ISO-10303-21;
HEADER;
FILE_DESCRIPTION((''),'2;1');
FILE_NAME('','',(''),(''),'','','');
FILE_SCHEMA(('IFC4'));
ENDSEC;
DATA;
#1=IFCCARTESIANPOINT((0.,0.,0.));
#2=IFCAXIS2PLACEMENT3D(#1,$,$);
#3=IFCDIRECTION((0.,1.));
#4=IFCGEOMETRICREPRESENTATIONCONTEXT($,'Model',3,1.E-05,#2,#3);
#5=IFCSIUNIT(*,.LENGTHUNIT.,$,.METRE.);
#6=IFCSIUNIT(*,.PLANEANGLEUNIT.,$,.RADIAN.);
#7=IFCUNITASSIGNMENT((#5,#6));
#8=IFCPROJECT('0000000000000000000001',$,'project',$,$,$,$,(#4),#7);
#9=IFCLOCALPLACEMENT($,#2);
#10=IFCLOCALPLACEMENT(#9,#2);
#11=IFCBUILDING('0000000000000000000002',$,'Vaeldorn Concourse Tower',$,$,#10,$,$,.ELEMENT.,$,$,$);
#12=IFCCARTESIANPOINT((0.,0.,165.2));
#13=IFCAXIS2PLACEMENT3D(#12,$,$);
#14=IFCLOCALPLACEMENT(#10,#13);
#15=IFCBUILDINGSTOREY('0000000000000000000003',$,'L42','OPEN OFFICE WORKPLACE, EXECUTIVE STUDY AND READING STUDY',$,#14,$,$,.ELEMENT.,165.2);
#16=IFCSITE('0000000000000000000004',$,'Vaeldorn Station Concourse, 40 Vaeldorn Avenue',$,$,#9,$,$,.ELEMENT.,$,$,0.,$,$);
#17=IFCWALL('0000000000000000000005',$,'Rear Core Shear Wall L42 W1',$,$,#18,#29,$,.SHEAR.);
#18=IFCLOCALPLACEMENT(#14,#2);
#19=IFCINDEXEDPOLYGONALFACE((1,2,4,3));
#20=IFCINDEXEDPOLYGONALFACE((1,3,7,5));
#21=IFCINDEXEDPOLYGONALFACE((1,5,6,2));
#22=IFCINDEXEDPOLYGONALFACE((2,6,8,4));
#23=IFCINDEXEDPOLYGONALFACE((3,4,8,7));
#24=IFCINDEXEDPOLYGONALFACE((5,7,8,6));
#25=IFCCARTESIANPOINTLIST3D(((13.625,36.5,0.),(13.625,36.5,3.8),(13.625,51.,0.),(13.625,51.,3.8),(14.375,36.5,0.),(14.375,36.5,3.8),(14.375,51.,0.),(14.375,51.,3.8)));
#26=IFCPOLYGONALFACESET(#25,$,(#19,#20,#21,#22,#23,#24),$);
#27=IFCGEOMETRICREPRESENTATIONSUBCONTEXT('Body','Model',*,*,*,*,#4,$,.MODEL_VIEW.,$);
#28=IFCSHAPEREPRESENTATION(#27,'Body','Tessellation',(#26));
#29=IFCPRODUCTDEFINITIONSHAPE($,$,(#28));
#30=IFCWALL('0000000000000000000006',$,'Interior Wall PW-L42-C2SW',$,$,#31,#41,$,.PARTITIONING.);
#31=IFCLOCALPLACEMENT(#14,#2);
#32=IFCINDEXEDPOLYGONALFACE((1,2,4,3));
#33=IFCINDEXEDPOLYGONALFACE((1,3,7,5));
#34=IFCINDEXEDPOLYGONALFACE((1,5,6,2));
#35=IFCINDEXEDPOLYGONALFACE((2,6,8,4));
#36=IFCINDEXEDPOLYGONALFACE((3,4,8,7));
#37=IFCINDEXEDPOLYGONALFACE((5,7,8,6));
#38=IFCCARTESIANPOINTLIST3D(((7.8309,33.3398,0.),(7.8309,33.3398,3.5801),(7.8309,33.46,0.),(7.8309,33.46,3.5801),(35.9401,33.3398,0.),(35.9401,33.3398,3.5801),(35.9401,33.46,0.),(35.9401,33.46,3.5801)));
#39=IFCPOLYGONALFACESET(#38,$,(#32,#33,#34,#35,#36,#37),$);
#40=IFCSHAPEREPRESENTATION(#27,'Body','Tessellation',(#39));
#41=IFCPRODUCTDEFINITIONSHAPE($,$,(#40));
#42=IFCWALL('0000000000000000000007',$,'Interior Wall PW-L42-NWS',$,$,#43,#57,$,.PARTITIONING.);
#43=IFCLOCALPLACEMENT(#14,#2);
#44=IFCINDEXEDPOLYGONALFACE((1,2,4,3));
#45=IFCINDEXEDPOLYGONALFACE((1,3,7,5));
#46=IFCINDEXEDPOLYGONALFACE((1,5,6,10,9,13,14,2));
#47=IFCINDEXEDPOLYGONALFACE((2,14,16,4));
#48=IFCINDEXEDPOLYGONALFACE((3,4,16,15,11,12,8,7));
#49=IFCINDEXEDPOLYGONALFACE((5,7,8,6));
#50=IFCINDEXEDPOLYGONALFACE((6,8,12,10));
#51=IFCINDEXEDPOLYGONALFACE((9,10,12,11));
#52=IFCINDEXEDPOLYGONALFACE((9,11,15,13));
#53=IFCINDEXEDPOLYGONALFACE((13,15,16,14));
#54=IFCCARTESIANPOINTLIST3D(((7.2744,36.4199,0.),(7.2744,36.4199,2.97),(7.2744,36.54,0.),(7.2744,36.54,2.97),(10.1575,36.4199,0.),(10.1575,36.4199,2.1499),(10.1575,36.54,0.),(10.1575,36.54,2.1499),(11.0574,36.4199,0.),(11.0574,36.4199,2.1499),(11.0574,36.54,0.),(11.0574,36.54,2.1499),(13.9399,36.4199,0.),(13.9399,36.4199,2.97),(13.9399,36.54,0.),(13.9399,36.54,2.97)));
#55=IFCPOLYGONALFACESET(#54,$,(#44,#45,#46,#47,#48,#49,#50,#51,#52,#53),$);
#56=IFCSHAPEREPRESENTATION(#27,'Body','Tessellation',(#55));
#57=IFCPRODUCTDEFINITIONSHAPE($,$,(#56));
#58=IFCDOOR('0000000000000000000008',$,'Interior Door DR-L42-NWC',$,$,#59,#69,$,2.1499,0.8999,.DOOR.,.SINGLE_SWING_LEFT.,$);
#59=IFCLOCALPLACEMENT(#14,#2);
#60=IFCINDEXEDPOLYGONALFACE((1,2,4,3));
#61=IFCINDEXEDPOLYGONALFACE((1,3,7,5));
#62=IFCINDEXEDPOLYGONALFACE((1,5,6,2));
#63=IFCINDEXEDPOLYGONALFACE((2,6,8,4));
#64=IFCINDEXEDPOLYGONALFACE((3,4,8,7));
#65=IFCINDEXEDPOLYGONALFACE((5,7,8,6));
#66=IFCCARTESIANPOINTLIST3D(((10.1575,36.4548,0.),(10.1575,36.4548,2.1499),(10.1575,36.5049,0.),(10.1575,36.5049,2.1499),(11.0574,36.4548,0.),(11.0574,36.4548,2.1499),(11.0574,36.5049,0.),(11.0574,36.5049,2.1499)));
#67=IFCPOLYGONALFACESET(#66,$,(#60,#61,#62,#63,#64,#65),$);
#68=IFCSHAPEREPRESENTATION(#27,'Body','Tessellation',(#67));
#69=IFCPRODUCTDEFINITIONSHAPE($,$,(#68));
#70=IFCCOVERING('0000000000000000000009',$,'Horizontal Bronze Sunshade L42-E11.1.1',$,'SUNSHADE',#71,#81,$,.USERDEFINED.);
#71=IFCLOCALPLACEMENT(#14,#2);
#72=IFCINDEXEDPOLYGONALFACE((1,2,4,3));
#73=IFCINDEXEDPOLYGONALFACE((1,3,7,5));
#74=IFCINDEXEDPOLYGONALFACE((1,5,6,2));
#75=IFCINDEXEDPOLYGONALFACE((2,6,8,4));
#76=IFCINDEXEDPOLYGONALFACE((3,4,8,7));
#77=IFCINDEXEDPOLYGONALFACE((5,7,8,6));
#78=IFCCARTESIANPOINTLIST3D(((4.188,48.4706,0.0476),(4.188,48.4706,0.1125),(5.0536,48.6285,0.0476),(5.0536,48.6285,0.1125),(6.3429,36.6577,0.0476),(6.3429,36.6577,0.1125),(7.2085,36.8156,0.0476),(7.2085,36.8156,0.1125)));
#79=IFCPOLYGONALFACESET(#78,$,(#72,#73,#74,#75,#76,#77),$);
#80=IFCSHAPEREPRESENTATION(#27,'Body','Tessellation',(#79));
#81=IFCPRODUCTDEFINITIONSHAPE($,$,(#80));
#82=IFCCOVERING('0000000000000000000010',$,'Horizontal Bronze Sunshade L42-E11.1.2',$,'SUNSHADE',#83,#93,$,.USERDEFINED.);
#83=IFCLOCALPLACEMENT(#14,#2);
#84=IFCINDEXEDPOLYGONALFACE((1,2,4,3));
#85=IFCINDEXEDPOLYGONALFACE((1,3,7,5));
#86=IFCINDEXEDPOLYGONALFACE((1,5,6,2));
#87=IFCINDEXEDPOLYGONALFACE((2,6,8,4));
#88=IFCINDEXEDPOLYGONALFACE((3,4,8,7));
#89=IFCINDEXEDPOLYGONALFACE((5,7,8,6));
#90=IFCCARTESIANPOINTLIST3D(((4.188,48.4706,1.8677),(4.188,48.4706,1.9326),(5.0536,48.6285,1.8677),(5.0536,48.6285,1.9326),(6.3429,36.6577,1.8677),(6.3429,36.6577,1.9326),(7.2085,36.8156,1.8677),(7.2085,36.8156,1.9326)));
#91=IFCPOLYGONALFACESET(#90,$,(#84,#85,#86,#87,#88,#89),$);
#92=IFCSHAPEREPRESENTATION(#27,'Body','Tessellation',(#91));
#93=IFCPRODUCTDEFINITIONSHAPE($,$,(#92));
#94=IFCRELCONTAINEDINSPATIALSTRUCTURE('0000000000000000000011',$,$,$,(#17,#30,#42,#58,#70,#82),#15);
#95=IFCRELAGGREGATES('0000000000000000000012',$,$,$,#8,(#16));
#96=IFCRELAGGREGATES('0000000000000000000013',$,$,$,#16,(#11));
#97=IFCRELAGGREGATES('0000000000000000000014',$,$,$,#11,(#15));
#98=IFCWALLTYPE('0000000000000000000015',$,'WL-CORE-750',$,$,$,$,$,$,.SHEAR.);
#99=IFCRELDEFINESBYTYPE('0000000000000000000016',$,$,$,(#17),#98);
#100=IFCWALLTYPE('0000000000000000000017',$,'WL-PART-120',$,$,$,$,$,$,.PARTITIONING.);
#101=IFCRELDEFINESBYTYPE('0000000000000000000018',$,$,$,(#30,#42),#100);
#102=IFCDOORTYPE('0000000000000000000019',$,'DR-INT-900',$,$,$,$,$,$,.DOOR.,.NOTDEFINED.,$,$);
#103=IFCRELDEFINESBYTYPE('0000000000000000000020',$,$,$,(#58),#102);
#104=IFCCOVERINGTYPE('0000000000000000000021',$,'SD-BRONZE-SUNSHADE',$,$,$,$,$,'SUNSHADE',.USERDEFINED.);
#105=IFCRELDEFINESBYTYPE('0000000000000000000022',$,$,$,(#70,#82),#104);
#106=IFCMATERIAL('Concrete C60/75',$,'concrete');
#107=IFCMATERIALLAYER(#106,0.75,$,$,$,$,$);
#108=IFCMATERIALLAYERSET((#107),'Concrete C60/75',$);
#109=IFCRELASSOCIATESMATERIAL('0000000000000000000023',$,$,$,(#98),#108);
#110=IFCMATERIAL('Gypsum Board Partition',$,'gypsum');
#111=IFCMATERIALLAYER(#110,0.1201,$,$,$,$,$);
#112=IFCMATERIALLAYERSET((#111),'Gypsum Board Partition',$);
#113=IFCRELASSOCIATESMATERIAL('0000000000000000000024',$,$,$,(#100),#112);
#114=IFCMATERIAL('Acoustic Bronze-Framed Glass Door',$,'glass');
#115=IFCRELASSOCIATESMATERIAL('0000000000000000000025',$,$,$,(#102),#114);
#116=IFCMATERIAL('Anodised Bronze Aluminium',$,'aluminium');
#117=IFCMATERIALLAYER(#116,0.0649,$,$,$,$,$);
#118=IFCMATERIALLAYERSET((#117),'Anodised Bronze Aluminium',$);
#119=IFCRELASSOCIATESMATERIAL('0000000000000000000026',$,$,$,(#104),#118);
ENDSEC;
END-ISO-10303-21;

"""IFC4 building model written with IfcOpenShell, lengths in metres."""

from ifc_helpers import new_model, si_unit, direction, frame, frame_2d, origin, origin_2d, place, context, subcontext, project, spatial, rectangle, extrude, source, transform, mapped, material, layer, layer_set, type_object, element, fill, save


model = new_model("IFC4")

# Units and contexts
model_context = context("Model", 3, precision=1e-05, world=origin(), true_north=direction((0.0, 1.0)))
body_context = subcontext(model_context, "Body", "Model", "MODEL_VIEW")
ifc_project = project(units=[si_unit("LENGTHUNIT", "METRE"), si_unit("PLANEANGLEUNIT", "RADIAN")], contexts=[model_context])

# Site, building, storey
site_placement = place(None, origin())
site = spatial("IfcSite", under=ifc_project, at=site_placement, Name="Vaeldorn Station Concourse, 40 Vaeldorn Avenue", CompositionType="ELEMENT", RefElevation=0.0)
building_placement = place(site_placement, origin())
building = spatial("IfcBuilding", under=site, at=building_placement, Name="Vaeldorn Concourse Tower", CompositionType="ELEMENT")
storey_placement = place(building_placement, frame((0.0, 0.0, 165.2)))
storey = spatial("IfcBuildingStorey", under=building, at=storey_placement, Name="L42", Description="OPEN OFFICE WORKPLACE, EXECUTIVE STUDY AND READING STUDY", CompositionType="ELEMENT", Elevation=165.2)

# Shared definitions
ifc_material_1 = material(Name="Concrete C60/75", Category="concrete")

# Shared definitions
ifc_material_2 = material(Name="Anodised Bronze Aluminium", Category="aluminium")

# Walls
ifc_layer_1 = layer(ifc_material_1, 0.75)
ifc_layer_set_1 = layer_set([ifc_layer_1], Name="Concrete C60/75")
wall_type_1 = type_object("IfcWallType", Name="WL-CORE-750", PredefinedType="SHEAR", material=ifc_layer_set_1)
wall_1_placement = place(storey_placement, frame((14.0, 36.5, 0.0), z_axis=(0.0, 0.0, 1.0), x_axis=(0.0, 1.0, 0.0)))
element("IfcWall", 1, at=wall_1_placement, inside=storey, type_object=wall_type_1, Name="Rear Core Shear Wall L42 W1", PredefinedType="SHEAR", context=body_context, shape_type="SweptSolid", body=[
    extrude(rectangle(XDim=14.5, YDim=0.75, at=frame_2d((7.25, 0.0))), origin(), (0.0, 0.0, 1.0), 3.8),
])
ifc_material_3 = material(Name="Gypsum Board Partition", Category="gypsum")
ifc_layer_2 = layer(ifc_material_3, 0.1201)
ifc_layer_set_2 = layer_set([ifc_layer_2], Name="Gypsum Board Partition")
wall_type_2 = type_object("IfcWallType", Name="WL-PART-120", PredefinedType="PARTITIONING", material=ifc_layer_set_2)
wall_2_placement = place(storey_placement, frame((7.8308, 33.3999, 0.0), z_axis=(0.0, 0.0, 1.0), x_axis=(1.0, 0.0, 0.0)))
element("IfcWall", 2, at=wall_2_placement, inside=storey, type_object=wall_type_2, Name="Interior Wall PW-L42-C2SW", PredefinedType="PARTITIONING", context=body_context, shape_type="SweptSolid", body=[
    extrude(rectangle(XDim=28.1091, YDim=0.1201, at=frame_2d((14.0547, 0.0))), origin(), (0.0, 0.0, 1.0), 3.5801),
])

# Wall, opening, door
wall_3_placement = place(storey_placement, frame((7.2744, 36.48, 0.0), z_axis=(0.0, 0.0, 1.0), x_axis=(1.0, 0.0, 0.0)))
wall_3 = element("IfcWall", 3, at=wall_3_placement, inside=storey, type_object=wall_type_2, Name="Interior Wall PW-L42-NWS", PredefinedType="PARTITIONING", context=body_context, shape_type="SweptSolid", body=[
    extrude(rectangle(XDim=6.6655, YDim=0.1201, at=frame_2d((3.3328, 0.0))), origin(), (0.0, 0.0, 1.0), 2.97),
])
opening_placement = place(wall_3_placement, frame((2.8831, 0.0, 0.0)))
opening = element("IfcOpeningElement", 4, at=opening_placement, cuts=wall_3, PredefinedType="OPENING", context=body_context, shape_type="SweptSolid", body=[
    extrude(rectangle(XDim=0.8999, YDim=2.1499, at=frame_2d((0.45, 1.075))), frame((0.0, 0.0701, 0.0), z_axis=(0.0, -1.0, 0.0), x_axis=(1.0, 0.0, 0.0)), (0.0, 0.0, 1.0), 0.1401),
])
ifc_material_4 = material(Name="Acoustic Bronze-Framed Glass Door", Category="glass")
door_type = type_object("IfcDoorType", Name="DR-INT-900", OperationType="NOTDEFINED", PredefinedType="DOOR", material=ifc_material_4)
shared_shape_1 = source(origin(), body_context, "Body", "SweptSolid", [
    extrude(rectangle(XDim=0.8999, YDim=2.1499, at=frame_2d((0.45, 1.075))), frame((0.0, 0.0249, 0.0), z_axis=(0.0, -1.0, 0.0), x_axis=(1.0, 0.0, 0.0)), (0.0, 0.0, 1.0), 0.05),
])
door_placement = place(opening_placement, origin())
door = element("IfcDoor", 5, at=door_placement, inside=storey, type_object=door_type, Name="Interior Door DR-L42-NWC", OperationType="SINGLE_SWING_LEFT", OverallHeight=2.1499, OverallWidth=0.8999, PredefinedType="DOOR", context=body_context, shape_type="MappedRepresentation", body=[
    mapped(shared_shape_1, transform((0.0, 0.0, 0.0), scale=1.0)),
])
fill(opening, door)

# Coverings
ifc_layer_3 = layer(ifc_material_2, 0.0649)
ifc_layer_set_3 = layer_set([ifc_layer_3], Name="Anodised Bronze Aluminium")
covering_type = type_object("IfcCoveringType", Name="SD-BRONZE-SUNSHADE", ElementType="SUNSHADE", PredefinedType="USERDEFINED", material=ifc_layer_set_3)
shared_shape_2 = source(origin(), body_context, "Body", "SweptSolid", [
    extrude(rectangle(XDim=12.0078, YDim=0.8799, at=origin_2d()), origin(), (0.0, 0.0, 1.0), 0.0649),
])
for number, where, z_axis, x_axis, name in (
    (6, (5.6982, 42.6431, 0.0476), (0.0, 0.0, 1.0), (0.179455, -0.983766, 0.0), "Horizontal Bronze Sunshade L42-E11.1.1"),
    (7, (5.6982, 42.6431, 1.8677), (0.0, 0.0, 1.0), (0.179455, -0.983766, 0.0), "Horizontal Bronze Sunshade L42-E11.1.2"),
):
    element("IfcCovering", number, at=place(storey_placement, frame(where, z_axis=z_axis, x_axis=x_axis)), inside=storey, type_object=covering_type, Name=name, ObjectType="SUNSHADE", PredefinedType="USERDEFINED", context=body_context, shape_type="MappedRepresentation", body=[
        mapped(shared_shape_2, transform((0.0, 0.0, 0.0), scale=1.0)),
    ])

save(model, "model.ifc")
